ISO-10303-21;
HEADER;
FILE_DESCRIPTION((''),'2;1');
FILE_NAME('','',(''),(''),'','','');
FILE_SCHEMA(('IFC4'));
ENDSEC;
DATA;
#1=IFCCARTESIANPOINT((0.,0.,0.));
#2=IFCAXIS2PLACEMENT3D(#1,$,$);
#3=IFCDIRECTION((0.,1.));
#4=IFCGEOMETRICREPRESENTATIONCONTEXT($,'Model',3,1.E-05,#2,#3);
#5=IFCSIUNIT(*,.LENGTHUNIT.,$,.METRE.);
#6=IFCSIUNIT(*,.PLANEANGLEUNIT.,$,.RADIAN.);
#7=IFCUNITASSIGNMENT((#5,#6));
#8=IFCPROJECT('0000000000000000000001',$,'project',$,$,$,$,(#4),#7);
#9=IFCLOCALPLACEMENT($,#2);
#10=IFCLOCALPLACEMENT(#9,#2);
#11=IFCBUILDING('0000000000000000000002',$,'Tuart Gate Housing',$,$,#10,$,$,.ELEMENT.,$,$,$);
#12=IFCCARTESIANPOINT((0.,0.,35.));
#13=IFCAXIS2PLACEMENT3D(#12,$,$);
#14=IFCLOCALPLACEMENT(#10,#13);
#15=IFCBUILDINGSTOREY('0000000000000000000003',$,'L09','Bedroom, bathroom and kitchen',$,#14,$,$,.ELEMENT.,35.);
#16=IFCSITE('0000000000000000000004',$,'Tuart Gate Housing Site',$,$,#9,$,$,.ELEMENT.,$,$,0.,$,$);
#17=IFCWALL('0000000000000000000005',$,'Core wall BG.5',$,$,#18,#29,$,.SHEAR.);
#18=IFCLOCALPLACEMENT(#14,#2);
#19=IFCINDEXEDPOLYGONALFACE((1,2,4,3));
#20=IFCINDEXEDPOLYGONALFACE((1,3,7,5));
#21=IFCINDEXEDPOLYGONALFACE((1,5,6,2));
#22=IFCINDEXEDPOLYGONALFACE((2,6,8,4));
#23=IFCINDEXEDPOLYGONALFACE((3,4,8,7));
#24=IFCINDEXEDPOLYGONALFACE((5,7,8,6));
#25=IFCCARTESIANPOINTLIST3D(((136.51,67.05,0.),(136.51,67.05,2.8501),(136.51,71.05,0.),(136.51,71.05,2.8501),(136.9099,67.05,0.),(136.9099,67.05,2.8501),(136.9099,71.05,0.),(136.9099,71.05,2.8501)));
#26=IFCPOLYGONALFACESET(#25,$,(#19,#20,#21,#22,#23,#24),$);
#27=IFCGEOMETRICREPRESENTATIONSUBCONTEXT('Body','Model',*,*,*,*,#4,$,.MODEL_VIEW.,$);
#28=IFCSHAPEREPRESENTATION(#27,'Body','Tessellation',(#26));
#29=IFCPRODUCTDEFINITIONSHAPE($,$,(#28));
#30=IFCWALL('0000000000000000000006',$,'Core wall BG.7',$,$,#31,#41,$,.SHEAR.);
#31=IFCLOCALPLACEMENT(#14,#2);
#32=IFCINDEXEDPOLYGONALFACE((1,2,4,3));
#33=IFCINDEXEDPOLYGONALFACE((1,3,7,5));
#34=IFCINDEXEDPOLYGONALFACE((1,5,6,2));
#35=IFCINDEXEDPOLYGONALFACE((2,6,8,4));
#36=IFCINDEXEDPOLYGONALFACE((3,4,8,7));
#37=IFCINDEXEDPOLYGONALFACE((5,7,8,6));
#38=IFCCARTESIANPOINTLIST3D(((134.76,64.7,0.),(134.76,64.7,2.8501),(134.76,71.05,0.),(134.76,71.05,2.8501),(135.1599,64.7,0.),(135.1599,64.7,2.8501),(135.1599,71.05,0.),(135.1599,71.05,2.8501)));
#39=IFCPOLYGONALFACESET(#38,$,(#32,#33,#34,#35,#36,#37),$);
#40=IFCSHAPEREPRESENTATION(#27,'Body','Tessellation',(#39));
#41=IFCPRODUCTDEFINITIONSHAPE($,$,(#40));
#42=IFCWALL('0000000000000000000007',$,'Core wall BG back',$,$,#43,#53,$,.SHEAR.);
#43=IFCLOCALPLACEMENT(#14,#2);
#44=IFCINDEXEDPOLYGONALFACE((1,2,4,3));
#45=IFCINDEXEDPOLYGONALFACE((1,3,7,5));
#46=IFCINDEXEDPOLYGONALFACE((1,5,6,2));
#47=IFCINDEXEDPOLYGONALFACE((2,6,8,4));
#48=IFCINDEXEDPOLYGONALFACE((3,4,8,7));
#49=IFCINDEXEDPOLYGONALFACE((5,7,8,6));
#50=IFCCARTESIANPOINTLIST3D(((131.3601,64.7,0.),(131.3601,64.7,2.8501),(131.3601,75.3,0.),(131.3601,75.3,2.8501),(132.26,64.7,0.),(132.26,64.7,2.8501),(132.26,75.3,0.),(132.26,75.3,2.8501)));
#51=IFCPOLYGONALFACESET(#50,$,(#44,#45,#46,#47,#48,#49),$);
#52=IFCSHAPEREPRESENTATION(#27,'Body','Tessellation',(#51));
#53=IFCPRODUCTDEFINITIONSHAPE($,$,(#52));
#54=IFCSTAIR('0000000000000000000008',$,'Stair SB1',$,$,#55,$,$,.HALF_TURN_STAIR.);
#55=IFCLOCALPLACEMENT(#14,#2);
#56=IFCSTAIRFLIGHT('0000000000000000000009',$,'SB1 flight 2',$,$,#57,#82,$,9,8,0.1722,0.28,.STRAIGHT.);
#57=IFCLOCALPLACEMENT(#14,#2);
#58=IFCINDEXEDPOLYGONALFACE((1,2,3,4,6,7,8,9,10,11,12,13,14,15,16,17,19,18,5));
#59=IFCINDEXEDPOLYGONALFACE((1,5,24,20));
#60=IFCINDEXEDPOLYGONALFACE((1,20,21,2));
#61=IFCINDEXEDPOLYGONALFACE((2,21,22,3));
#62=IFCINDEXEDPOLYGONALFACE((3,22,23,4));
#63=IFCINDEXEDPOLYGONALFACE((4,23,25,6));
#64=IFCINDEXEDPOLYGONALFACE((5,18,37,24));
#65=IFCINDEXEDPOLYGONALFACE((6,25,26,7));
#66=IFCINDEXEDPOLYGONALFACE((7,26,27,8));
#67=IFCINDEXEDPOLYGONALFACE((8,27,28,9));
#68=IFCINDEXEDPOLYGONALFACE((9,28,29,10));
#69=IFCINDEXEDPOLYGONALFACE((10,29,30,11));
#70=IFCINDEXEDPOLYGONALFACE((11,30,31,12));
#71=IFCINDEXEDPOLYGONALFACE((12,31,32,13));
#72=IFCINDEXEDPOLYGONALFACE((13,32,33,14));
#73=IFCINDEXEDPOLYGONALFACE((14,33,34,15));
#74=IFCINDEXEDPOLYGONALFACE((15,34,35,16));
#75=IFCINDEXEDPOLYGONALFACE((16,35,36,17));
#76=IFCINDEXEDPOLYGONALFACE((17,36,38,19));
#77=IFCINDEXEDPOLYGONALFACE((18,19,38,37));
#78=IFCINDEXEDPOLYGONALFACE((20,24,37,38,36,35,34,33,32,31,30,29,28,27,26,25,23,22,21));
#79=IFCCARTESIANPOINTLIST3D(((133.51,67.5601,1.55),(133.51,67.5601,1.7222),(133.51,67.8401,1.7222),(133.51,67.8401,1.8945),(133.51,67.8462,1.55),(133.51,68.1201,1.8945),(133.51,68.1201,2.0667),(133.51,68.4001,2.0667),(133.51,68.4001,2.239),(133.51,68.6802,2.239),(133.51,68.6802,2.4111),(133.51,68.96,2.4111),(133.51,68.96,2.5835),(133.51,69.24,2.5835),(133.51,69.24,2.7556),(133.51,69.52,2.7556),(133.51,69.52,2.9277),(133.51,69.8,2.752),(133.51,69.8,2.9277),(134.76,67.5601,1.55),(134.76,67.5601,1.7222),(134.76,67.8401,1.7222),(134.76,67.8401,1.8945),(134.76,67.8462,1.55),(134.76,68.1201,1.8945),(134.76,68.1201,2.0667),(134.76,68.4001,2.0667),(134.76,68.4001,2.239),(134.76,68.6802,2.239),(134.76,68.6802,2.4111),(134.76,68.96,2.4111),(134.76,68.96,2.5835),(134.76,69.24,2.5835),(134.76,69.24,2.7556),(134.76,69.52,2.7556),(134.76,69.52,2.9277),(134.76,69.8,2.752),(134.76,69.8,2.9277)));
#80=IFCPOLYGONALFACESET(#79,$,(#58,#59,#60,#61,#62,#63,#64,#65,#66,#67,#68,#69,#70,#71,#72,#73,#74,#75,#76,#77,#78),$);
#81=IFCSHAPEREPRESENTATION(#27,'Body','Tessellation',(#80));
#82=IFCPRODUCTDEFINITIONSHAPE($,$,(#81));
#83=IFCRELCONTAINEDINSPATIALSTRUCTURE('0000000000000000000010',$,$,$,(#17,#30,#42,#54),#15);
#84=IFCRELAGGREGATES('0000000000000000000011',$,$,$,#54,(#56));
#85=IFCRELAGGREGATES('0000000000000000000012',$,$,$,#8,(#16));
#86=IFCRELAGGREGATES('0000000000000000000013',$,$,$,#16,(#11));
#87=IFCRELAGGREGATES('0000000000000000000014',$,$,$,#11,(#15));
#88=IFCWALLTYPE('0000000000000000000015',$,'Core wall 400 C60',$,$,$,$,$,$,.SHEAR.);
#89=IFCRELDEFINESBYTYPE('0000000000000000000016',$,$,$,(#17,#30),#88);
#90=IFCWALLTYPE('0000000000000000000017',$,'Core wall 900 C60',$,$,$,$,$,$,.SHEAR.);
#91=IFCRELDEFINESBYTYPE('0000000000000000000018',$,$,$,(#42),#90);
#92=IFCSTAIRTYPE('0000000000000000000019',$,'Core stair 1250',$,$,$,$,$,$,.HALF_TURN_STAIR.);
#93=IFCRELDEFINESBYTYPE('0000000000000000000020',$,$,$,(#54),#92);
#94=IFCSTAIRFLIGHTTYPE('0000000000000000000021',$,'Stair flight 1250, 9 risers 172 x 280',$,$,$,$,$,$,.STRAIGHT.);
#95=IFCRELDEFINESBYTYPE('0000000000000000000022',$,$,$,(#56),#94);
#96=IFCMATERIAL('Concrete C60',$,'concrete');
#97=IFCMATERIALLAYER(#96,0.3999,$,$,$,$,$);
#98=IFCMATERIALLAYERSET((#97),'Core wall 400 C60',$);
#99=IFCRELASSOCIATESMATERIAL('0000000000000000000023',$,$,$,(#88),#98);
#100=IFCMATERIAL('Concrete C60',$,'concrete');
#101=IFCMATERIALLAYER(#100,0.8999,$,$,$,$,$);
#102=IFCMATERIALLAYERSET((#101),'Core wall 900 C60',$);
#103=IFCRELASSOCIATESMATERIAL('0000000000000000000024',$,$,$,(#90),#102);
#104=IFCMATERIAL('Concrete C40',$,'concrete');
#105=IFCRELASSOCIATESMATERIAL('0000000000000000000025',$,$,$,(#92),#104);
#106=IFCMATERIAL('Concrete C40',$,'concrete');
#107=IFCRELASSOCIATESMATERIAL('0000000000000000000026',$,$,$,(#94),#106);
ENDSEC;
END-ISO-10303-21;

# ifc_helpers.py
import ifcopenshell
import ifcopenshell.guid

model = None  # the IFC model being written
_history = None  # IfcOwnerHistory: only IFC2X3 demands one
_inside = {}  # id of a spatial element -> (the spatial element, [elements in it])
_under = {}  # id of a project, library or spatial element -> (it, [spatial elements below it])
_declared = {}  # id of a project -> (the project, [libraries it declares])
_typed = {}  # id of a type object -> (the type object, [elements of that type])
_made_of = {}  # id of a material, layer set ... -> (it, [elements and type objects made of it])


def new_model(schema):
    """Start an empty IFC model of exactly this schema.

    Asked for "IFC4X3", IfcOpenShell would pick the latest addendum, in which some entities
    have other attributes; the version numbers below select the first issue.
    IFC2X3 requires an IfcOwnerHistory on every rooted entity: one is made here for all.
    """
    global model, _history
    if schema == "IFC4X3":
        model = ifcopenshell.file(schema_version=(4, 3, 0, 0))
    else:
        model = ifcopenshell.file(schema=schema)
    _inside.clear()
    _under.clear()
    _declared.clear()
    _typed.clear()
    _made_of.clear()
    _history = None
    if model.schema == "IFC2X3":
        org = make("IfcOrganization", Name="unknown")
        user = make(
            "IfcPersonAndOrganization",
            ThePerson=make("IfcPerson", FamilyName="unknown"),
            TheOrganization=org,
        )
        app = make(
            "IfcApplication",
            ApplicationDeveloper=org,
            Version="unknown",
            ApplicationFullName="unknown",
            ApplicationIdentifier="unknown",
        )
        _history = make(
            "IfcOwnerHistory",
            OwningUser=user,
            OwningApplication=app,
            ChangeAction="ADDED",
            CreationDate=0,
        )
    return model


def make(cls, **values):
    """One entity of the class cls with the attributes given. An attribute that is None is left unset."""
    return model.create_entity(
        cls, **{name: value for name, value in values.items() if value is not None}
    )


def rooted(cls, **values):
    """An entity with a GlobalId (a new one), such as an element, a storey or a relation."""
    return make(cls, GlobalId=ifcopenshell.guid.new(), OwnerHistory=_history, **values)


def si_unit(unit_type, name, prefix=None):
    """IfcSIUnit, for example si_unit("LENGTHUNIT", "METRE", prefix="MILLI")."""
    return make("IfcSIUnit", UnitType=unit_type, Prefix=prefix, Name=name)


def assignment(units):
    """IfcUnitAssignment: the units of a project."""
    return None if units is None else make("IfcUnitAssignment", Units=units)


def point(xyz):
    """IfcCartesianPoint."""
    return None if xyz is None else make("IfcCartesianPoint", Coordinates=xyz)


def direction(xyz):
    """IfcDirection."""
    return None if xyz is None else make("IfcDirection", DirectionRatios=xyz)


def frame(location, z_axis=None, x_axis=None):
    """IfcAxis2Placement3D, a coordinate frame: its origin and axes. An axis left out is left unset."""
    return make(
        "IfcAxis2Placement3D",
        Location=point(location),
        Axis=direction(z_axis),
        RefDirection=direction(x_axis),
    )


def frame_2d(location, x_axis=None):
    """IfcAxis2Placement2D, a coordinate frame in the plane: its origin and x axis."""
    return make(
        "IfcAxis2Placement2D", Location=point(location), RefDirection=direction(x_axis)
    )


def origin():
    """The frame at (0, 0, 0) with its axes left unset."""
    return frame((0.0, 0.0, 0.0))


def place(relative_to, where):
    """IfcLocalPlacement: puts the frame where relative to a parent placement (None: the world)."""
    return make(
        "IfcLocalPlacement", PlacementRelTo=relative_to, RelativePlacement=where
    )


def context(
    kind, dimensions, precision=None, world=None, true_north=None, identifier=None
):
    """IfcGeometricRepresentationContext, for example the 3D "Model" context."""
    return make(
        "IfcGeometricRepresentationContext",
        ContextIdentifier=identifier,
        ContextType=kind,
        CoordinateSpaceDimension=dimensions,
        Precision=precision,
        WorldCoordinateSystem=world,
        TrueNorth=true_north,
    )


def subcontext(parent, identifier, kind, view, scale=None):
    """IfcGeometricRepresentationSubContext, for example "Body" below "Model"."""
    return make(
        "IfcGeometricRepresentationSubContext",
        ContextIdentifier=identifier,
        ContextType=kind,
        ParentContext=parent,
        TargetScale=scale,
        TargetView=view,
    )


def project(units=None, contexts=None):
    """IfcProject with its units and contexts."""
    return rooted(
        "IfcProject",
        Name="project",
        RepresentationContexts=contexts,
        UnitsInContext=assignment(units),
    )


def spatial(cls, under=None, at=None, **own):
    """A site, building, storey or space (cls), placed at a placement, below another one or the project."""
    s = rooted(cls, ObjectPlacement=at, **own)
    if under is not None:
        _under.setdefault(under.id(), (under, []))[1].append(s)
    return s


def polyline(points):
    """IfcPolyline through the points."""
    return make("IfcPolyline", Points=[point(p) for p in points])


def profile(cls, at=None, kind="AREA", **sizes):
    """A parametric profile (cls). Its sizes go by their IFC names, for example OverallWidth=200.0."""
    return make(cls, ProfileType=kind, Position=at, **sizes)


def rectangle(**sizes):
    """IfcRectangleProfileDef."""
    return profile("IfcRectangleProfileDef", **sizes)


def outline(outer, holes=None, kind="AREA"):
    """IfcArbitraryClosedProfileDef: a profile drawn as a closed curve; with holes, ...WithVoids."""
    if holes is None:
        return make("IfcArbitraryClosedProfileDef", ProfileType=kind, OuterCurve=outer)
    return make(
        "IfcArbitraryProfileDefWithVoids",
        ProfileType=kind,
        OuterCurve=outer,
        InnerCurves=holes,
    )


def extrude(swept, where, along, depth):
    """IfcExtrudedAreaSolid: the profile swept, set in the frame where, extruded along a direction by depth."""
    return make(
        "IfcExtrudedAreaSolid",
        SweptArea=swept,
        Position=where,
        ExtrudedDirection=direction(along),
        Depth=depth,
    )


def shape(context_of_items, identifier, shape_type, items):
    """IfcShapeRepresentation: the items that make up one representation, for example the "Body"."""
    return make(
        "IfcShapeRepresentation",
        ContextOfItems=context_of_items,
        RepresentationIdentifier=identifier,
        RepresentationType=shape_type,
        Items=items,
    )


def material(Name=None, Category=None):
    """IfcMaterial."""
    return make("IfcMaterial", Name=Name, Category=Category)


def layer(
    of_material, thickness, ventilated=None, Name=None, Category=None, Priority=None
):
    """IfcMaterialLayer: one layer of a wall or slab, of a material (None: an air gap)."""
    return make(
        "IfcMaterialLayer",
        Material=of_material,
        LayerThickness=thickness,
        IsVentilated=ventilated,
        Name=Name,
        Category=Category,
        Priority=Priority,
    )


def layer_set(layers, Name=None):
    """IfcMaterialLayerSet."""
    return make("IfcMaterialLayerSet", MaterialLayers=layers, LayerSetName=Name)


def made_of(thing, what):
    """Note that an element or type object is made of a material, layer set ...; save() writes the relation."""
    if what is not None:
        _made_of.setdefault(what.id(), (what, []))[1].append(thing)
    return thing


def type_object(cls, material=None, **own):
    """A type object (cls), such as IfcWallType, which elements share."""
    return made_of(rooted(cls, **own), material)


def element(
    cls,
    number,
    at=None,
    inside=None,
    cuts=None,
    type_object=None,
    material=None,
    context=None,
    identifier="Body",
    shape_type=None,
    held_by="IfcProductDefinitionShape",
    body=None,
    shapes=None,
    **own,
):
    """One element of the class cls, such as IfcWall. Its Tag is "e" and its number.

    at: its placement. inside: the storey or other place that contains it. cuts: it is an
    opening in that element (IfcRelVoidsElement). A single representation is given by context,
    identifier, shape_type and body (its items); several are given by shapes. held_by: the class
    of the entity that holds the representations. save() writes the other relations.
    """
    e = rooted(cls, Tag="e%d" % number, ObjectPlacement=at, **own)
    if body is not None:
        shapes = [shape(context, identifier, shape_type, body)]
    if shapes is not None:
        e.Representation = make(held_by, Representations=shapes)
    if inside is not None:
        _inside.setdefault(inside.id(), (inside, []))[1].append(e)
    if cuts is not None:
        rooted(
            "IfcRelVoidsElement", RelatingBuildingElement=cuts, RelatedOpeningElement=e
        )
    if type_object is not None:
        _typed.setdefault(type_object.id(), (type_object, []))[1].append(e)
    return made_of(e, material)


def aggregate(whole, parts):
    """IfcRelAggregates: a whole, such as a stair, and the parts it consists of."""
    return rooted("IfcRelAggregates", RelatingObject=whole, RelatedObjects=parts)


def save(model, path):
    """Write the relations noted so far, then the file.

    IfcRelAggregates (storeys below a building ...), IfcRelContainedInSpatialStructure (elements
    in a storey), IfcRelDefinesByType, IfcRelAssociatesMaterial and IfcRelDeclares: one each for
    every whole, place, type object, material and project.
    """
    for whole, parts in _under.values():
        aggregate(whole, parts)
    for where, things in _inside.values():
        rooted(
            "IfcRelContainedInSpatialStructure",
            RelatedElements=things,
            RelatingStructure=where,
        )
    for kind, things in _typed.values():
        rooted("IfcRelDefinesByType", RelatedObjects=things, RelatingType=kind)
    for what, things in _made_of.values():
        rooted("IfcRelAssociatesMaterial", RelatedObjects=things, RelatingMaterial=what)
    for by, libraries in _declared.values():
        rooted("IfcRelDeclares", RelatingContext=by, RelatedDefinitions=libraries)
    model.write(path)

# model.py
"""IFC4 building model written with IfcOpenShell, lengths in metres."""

from ifc_helpers import new_model, si_unit, direction, frame, frame_2d, origin, place, context, subcontext, project, spatial, polyline, rectangle, outline, extrude, material, layer, layer_set, type_object, element, aggregate, save


model = new_model("IFC4")

# Units and contexts
model_context = context("Model", 3, precision=1e-05, world=origin(), true_north=direction((0.0, 1.0)))
body_context = subcontext(model_context, "Body", "Model", "MODEL_VIEW")
ifc_project = project(units=[si_unit("LENGTHUNIT", "METRE"), si_unit("PLANEANGLEUNIT", "RADIAN")], contexts=[model_context])

# Site, building, storey
site_placement = place(None, origin())
site = spatial("IfcSite", under=ifc_project, at=site_placement, Name="Tuart Gate Housing Site", CompositionType="ELEMENT", RefElevation=0.0)
building_placement = place(site_placement, origin())
building = spatial("IfcBuilding", under=site, at=building_placement, Name="Tuart Gate Housing", CompositionType="ELEMENT")
storey_placement = place(building_placement, frame((0.0, 0.0, 35.0)))
storey = spatial("IfcBuildingStorey", under=building, at=storey_placement, Name="L09", Description="Bedroom, bathroom and kitchen", CompositionType="ELEMENT", Elevation=35.0)

# Walls
ifc_material_1 = material(Name="Concrete C60", Category="concrete")
ifc_layer_1 = layer(ifc_material_1, 0.3999)
ifc_layer_set_1 = layer_set([ifc_layer_1], Name="Core wall 400 C60")
wall_type_1 = type_object("IfcWallType", Name="Core wall 400 C60", PredefinedType="SHEAR", material=ifc_layer_set_1)
wall_1_placement = place(storey_placement, frame((136.71, 67.05, 0.0), z_axis=(0.0, 0.0, 1.0), x_axis=(0.0, 1.0, 0.0)))
element("IfcWall", 1, at=wall_1_placement, inside=storey, type_object=wall_type_1, Name="Core wall BG.5", PredefinedType="SHEAR", context=body_context, shape_type="SweptSolid", body=[
    extrude(rectangle(XDim=4.0, YDim=0.3999, at=frame_2d((2.0, 0.0))), origin(), (0.0, 0.0, 1.0), 2.8501),
])
wall_2_placement = place(storey_placement, frame((134.96, 64.7, 0.0), z_axis=(0.0, 0.0, 1.0), x_axis=(0.0, 1.0, 0.0)))
element("IfcWall", 2, at=wall_2_placement, inside=storey, type_object=wall_type_1, Name="Core wall BG.7", PredefinedType="SHEAR", context=body_context, shape_type="SweptSolid", body=[
    extrude(rectangle(XDim=6.3501, YDim=0.3999, at=frame_2d((3.175, 0.0))), origin(), (0.0, 0.0, 1.0), 2.8501),
])
ifc_material_2 = material(Name="Concrete C60", Category="concrete")
ifc_layer_2 = layer(ifc_material_2, 0.8999)
ifc_layer_set_2 = layer_set([ifc_layer_2], Name="Core wall 900 C60")
wall_type_2 = type_object("IfcWallType", Name="Core wall 900 C60", PredefinedType="SHEAR", material=ifc_layer_set_2)
wall_3_placement = place(storey_placement, frame((131.8101, 64.7, 0.0), z_axis=(0.0, 0.0, 1.0), x_axis=(0.0, 1.0, 0.0)))
element("IfcWall", 3, at=wall_3_placement, inside=storey, type_object=wall_type_2, Name="Core wall BG back", PredefinedType="SHEAR", context=body_context, shape_type="SweptSolid", body=[
    extrude(rectangle(XDim=10.6001, YDim=0.8999, at=frame_2d((5.3, 0.0))), origin(), (0.0, 0.0, 1.0), 2.8501),
])

# Stair, stair flight
ifc_material_3 = material(Name="Concrete C40", Category="concrete")
stair_type = type_object("IfcStairType", Name="Core stair 1250", PredefinedType="HALF_TURN_STAIR", material=ifc_material_3)
stair_placement = place(storey_placement, origin())
stair = element("IfcStair", 4, at=stair_placement, inside=storey, type_object=stair_type, Name="Stair SB1", PredefinedType="HALF_TURN_STAIR")
ifc_material_4 = material(Name="Concrete C40", Category="concrete")
stair_flight_type = type_object("IfcStairFlightType", Name="Stair flight 1250, 9 risers 172 x 280", PredefinedType="STRAIGHT", material=ifc_material_4)
stair_flight_placement = place(storey_placement, frame((134.135, 67.5601, 1.55), z_axis=(0.0, 0.0, 1.0), x_axis=(0.0, 1.0, 0.0)))
stair_flight = element("IfcStairFlight", 5, at=stair_flight_placement, type_object=stair_flight_type, Name="SB1 flight 2", NumberOfRisers=9, NumberOfTreads=8, PredefinedType="STRAIGHT", RiserHeight=0.1722, TreadLength=0.28, context=body_context, shape_type="SweptSolid", body=[
    extrude(outline(polyline([(0.0, 0.0), (0.0, 0.1721), (0.28, 0.1721), (0.28, 0.3445), (0.5601, 0.3445), (0.5601, 0.5166), (0.8401, 0.5166), (0.8401, 0.689), (1.1201, 0.689), (1.1201, 0.8611), (1.3999, 0.8611), (1.3999, 1.0334), (1.6799, 1.0334), (1.6799, 1.2056), (1.96, 1.2056), (1.96, 1.3777), (2.24, 1.3777), (2.24, 1.55), (2.24, 1.2019), (0.2861, 0.0), (0.0, 0.0)])), frame((0.0, 0.625, 0.0), z_axis=(0.0, -1.0, 0.0), x_axis=(1.0, 0.0, 0.0)), (0.0, 0.0, 1.0), 1.25),
])
aggregate(stair, [stair_flight])

save(model, "model.ifc")
